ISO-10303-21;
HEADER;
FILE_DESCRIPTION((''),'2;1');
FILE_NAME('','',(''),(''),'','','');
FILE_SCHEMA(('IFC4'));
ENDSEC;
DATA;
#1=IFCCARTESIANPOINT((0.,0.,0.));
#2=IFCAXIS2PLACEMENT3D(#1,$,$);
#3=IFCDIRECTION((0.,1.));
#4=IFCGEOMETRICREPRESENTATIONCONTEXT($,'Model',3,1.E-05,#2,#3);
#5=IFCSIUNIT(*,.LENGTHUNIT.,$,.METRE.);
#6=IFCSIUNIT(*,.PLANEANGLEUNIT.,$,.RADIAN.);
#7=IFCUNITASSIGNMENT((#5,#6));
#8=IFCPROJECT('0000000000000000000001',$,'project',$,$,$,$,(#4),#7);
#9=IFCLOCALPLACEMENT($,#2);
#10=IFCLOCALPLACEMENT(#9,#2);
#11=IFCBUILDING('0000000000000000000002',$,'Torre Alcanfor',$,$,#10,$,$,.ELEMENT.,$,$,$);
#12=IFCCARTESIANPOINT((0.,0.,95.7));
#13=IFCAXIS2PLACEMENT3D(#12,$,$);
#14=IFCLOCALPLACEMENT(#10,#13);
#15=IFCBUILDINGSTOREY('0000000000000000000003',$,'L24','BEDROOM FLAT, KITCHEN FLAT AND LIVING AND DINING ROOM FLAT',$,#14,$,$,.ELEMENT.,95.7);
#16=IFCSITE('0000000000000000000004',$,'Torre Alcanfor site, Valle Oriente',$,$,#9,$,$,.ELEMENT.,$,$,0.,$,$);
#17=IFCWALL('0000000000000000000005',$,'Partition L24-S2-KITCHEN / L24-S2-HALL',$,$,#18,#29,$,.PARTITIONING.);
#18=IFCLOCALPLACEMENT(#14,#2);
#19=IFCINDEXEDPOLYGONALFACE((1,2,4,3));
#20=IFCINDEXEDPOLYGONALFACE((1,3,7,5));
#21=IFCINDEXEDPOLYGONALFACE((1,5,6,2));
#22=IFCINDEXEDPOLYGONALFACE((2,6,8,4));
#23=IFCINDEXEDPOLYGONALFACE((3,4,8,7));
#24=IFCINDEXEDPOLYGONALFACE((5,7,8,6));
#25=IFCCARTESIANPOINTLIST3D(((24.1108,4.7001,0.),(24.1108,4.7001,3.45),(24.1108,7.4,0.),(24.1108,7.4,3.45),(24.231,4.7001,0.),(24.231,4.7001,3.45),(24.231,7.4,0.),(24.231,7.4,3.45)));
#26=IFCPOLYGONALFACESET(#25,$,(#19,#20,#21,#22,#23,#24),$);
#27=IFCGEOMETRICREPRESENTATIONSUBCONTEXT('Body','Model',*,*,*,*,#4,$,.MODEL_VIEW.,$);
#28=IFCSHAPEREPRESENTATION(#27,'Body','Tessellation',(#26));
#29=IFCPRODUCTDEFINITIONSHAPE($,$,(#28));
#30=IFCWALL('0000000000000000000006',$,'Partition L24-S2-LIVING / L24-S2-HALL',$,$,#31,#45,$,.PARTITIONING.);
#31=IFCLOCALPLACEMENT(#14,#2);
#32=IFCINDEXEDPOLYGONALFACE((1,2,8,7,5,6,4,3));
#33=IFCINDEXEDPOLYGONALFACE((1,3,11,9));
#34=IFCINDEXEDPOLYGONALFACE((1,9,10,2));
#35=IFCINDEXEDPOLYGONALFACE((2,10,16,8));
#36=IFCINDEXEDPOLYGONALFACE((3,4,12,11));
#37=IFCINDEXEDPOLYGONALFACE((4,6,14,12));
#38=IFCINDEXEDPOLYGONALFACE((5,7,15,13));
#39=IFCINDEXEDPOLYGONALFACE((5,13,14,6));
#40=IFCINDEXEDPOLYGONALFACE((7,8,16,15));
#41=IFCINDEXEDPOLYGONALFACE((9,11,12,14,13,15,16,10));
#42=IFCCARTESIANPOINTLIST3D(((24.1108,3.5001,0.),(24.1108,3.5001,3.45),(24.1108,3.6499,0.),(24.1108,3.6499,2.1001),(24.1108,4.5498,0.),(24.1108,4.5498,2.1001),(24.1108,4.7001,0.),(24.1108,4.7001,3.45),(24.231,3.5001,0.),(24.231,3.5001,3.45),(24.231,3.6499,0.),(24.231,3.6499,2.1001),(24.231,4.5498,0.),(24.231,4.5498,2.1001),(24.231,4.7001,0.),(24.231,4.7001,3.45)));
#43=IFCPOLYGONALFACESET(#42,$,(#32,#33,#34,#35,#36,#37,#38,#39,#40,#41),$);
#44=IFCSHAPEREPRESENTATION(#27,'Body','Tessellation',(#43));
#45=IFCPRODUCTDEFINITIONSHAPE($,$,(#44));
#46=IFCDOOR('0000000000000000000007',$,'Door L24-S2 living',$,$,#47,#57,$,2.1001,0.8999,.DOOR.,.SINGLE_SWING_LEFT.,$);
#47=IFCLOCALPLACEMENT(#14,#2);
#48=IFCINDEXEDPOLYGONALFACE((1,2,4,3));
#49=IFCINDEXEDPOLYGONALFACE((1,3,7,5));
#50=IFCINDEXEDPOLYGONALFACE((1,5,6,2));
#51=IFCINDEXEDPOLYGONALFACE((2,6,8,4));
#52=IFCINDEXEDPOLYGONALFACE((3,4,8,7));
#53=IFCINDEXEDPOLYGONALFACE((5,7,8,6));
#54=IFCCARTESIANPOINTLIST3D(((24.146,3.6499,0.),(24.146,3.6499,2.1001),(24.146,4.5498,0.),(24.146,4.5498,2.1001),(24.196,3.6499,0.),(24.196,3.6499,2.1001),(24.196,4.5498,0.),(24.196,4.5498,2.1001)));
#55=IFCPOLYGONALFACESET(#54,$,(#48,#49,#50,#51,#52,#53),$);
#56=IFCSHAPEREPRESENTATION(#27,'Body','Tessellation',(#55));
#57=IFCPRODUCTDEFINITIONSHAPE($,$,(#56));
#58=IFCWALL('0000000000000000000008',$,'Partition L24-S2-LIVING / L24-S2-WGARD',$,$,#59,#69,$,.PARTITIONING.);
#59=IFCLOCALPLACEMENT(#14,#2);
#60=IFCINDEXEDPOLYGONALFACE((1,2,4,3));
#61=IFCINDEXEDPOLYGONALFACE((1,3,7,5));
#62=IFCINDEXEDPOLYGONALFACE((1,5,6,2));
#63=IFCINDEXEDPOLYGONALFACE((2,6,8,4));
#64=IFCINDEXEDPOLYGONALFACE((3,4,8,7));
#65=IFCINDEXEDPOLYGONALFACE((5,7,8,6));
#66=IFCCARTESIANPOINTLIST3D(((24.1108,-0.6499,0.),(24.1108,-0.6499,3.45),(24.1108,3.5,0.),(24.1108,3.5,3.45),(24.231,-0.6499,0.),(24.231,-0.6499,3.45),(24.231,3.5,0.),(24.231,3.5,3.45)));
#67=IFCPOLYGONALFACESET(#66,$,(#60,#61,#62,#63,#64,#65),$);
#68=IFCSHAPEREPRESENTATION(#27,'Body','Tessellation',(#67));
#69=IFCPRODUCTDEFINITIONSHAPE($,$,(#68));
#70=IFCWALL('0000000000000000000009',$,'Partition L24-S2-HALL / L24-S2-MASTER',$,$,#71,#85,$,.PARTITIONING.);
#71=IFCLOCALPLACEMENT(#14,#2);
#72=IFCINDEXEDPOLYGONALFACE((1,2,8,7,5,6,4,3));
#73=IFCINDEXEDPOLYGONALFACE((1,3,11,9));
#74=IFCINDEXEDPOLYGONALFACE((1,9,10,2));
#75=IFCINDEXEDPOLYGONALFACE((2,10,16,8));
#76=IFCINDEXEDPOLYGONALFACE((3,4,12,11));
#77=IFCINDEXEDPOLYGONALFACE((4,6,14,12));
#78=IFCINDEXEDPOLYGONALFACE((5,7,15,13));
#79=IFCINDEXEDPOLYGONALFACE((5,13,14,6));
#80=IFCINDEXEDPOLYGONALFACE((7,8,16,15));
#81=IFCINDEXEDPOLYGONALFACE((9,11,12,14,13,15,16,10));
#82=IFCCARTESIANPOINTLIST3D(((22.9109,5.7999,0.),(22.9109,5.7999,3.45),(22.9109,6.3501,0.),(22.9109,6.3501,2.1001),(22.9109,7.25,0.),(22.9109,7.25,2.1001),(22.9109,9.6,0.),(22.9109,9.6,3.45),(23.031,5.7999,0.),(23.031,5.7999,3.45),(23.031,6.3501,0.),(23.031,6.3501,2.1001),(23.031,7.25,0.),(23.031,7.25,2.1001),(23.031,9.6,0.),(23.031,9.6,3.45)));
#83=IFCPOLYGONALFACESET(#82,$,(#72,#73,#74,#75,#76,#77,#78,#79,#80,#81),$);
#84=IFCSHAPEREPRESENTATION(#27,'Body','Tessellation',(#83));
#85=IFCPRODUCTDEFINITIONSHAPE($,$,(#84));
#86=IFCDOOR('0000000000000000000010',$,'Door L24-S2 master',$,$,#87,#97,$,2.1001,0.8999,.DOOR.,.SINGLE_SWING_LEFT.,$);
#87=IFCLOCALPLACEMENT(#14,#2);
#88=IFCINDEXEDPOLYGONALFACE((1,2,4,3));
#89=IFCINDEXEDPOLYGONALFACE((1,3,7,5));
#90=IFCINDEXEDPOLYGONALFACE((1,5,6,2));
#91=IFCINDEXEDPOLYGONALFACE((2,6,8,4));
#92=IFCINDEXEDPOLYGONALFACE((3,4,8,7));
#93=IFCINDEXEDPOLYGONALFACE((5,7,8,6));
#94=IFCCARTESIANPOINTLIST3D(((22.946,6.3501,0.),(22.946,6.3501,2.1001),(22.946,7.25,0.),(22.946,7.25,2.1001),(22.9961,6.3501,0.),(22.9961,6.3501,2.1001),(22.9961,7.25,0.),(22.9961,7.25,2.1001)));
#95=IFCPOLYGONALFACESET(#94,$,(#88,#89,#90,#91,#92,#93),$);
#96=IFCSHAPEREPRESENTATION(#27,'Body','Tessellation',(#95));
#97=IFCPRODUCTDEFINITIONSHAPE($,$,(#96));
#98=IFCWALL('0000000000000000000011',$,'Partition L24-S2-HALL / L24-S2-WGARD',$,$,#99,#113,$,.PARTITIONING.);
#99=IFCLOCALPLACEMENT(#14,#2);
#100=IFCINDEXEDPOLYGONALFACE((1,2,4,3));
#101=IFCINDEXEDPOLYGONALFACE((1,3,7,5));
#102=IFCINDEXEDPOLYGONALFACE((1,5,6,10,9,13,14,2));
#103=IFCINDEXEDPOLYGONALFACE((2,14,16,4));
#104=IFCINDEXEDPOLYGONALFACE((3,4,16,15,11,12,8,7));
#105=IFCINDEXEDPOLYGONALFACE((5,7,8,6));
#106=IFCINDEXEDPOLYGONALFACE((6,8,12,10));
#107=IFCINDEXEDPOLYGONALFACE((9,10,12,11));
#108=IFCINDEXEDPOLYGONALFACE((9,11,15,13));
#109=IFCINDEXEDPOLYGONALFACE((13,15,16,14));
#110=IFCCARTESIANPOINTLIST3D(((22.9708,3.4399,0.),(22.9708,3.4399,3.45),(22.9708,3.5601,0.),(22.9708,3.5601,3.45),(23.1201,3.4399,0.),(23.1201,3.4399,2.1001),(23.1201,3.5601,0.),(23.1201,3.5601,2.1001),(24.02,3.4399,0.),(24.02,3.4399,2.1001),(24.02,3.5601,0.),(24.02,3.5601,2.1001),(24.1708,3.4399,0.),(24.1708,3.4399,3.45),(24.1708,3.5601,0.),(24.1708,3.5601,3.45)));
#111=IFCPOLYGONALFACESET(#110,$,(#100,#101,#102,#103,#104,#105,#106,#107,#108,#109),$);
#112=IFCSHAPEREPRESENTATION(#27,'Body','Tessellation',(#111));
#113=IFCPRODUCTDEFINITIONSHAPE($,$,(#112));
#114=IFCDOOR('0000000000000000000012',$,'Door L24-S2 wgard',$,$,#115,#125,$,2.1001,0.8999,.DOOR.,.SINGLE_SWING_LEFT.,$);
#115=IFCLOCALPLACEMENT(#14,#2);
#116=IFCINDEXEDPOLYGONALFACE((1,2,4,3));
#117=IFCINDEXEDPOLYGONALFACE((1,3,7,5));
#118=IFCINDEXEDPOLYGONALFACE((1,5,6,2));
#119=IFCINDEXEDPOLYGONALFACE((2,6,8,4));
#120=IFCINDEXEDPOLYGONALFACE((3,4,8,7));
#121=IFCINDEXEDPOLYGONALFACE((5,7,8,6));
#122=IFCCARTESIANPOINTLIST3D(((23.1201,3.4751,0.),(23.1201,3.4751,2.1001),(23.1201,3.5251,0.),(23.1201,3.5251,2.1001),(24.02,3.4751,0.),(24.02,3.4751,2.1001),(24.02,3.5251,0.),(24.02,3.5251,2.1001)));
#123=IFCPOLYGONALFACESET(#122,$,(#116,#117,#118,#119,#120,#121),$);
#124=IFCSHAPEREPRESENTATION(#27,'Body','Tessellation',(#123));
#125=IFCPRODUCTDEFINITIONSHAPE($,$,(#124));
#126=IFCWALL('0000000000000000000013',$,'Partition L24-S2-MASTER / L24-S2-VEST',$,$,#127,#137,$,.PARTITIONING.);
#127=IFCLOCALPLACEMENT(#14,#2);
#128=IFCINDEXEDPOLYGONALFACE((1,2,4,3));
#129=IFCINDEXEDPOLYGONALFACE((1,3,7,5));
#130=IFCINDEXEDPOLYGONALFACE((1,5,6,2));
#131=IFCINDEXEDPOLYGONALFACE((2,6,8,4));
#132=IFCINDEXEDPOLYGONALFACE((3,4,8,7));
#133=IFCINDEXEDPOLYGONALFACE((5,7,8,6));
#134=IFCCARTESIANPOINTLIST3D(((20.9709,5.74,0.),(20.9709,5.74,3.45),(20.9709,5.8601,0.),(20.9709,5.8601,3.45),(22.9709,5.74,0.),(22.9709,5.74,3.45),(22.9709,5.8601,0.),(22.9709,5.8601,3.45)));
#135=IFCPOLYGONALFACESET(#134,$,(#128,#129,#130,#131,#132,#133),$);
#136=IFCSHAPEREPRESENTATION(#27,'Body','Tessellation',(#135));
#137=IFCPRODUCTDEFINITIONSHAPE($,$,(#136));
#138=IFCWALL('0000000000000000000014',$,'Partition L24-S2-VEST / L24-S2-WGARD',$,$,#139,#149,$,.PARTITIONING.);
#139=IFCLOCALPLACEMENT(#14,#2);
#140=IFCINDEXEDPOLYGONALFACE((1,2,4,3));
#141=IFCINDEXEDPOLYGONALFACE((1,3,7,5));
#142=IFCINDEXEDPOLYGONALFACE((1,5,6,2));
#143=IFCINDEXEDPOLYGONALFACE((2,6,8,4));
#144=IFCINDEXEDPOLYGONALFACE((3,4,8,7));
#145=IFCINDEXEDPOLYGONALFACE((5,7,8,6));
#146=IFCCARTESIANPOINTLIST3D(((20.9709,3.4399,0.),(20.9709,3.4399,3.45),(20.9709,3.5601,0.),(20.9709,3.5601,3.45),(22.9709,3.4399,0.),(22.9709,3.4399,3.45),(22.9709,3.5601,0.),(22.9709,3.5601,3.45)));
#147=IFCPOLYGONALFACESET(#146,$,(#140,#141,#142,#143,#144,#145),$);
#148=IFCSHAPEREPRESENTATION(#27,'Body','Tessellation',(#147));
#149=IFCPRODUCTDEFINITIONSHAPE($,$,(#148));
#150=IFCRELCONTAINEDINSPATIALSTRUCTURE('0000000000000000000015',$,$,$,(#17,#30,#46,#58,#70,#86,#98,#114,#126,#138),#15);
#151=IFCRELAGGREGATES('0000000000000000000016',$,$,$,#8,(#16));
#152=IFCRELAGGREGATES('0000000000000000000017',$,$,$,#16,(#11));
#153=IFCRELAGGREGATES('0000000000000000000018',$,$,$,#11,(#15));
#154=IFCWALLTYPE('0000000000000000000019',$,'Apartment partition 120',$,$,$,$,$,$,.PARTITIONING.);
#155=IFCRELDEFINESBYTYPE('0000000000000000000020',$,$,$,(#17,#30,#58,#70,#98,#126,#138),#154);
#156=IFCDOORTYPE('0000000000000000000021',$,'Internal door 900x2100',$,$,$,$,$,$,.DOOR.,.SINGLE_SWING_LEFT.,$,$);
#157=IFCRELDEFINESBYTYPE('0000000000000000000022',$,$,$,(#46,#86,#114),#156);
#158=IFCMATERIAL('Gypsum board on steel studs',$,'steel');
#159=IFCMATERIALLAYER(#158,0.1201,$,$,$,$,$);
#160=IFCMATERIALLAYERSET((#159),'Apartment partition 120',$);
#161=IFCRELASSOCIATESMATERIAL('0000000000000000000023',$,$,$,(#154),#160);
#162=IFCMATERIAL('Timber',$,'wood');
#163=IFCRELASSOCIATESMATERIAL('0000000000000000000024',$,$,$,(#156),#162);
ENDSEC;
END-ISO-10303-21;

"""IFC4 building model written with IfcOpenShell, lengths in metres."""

from ifc_helpers import new_model, si_unit, direction, frame, frame_2d, origin, place, context, subcontext, project, spatial, rectangle, extrude, material, layer, layer_set, type_object, element, fill, save


model = new_model("IFC4")

# Units and contexts
model_context = context("Model", 3, precision=1e-05, world=origin(), true_north=direction((0.0, 1.0)))
body_context = subcontext(model_context, "Body", "Model", "MODEL_VIEW")
ifc_project = project(units=[si_unit("LENGTHUNIT", "METRE"), si_unit("PLANEANGLEUNIT", "RADIAN")], contexts=[model_context])

# Site, building, storey
site_placement = place(None, origin())
site = spatial("IfcSite", under=ifc_project, at=site_placement, Name="Torre Alcanfor site, Valle Oriente", CompositionType="ELEMENT", RefElevation=0.0)
building_placement = place(site_placement, origin())
building = spatial("IfcBuilding", under=site, at=building_placement, Name="Torre Alcanfor", CompositionType="ELEMENT")
storey_placement = place(building_placement, frame((0.0, 0.0, 95.7)))
storey = spatial("IfcBuildingStorey", under=building, at=storey_placement, Name="L24", Description="BEDROOM FLAT, KITCHEN FLAT AND LIVING AND DINING ROOM FLAT", CompositionType="ELEMENT", Elevation=95.7)

# Shared definitions
ifc_material_1 = material(Name="Gypsum board on steel studs", Category="steel")
ifc_layer_1 = layer(ifc_material_1, 0.1201)
ifc_layer_set_1 = layer_set([ifc_layer_1], Name="Apartment partition 120")
wall_type = type_object("IfcWallType", Name="Apartment partition 120", PredefinedType="PARTITIONING", material=ifc_layer_set_1)
ifc_material_2 = material(Name="Timber", Category="wood")
door_type = type_object("IfcDoorType", Name="Internal door 900x2100", OperationType="SINGLE_SWING_LEFT", PredefinedType="DOOR", material=ifc_material_2)

# Wall
wall_1_placement = place(storey_placement, frame((24.1709, 4.7, 0.0), z_axis=(0.0, 0.0, 1.0), x_axis=(0.0, 1.0, 0.0)))
element("IfcWall", 1, at=wall_1_placement, inside=storey, type_object=wall_type, Name="Partition L24-S2-KITCHEN / L24-S2-HALL", PredefinedType="PARTITIONING", context=body_context, shape_type="SweptSolid", body=[
    extrude(rectangle(XDim=2.7, YDim=0.1201, at=frame_2d((1.3501, 0.0))), origin(), (0.0, 0.0, 1.0), 3.45),
])

# Wall, opening, door
wall_2_placement = place(storey_placement, frame((24.1709, 3.5, 0.0), z_axis=(0.0, 0.0, 1.0), x_axis=(0.0, 1.0, 0.0)))
wall_2 = element("IfcWall", 2, at=wall_2_placement, inside=storey, type_object=wall_type, Name="Partition L24-S2-LIVING / L24-S2-HALL", PredefinedType="PARTITIONING", context=body_context, shape_type="SweptSolid", body=[
    extrude(rectangle(XDim=1.2, YDim=0.1201, at=frame_2d((0.6001, 0.0))), origin(), (0.0, 0.0, 1.0), 3.45),
])
opening_1_placement = place(wall_2_placement, frame((0.1499, 0.0, 0.0)))
opening_1 = element("IfcOpeningElement", 3, at=opening_1_placement, cuts=wall_2, PredefinedType="OPENING", context=body_context, shape_type="SweptSolid", body=[
    extrude(rectangle(XDim=0.8999, YDim=2.1001, at=frame_2d((0.45, 1.05))), frame((0.0, 0.0701, 0.0), z_axis=(0.0, -1.0, 0.0), x_axis=(1.0, 0.0, 0.0)), (0.0, 0.0, 1.0), 0.1401),
])
door_1_placement = place(opening_1_placement, frame((0.8999, 0.0, 0.0), z_axis=(0.0, 0.0, 1.0), x_axis=(-1.0, 0.0, 0.0)))
door_1 = element("IfcDoor", 4, at=door_1_placement, inside=storey, type_object=door_type, Name="Door L24-S2 living", OperationType="SINGLE_SWING_LEFT", OverallHeight=2.1001, OverallWidth=0.8999, PredefinedType="DOOR", context=body_context, shape_type="SweptSolid", body=[
    extrude(rectangle(XDim=0.8999, YDim=2.1001, at=frame_2d((0.45, 1.05))), frame((0.0, 0.0251, 0.0), z_axis=(0.0, -1.0, 0.0), x_axis=(1.0, 0.0, 0.0)), (0.0, 0.0, 1.0), 0.05),
])
fill(opening_1, door_1)

# Wall
wall_3_placement = place(storey_placement, frame((24.1709, -0.6499, 0.0), z_axis=(0.0, 0.0, 1.0), x_axis=(0.0, 1.0, 0.0)))
element("IfcWall", 5, at=wall_3_placement, inside=storey, type_object=wall_type, Name="Partition L24-S2-LIVING / L24-S2-WGARD", PredefinedType="PARTITIONING", context=body_context, shape_type="SweptSolid", body=[
    extrude(rectangle(XDim=4.1499, YDim=0.1201, at=frame_2d((2.075, 0.0))), origin(), (0.0, 0.0, 1.0), 3.45),
])

# Walls, openings, doors
wall_4_placement = place(storey_placement, frame((22.9709, 5.8, 0.0), z_axis=(0.0, 0.0, 1.0), x_axis=(0.0, 1.0, 0.0)))
wall_4 = element("IfcWall", 6, at=wall_4_placement, inside=storey, type_object=wall_type, Name="Partition L24-S2-HALL / L24-S2-MASTER", PredefinedType="PARTITIONING", context=body_context, shape_type="SweptSolid", body=[
    extrude(rectangle(XDim=3.8, YDim=0.1201, at=frame_2d((1.8999, 0.0))), origin(), (0.0, 0.0, 1.0), 3.45),
])
opening_2_placement = place(wall_4_placement, frame((0.55, 0.0, 0.0)))
opening_2 = element("IfcOpeningElement", 7, at=opening_2_placement, cuts=wall_4, PredefinedType="OPENING", context=body_context, shape_type="SweptSolid", body=[
    extrude(rectangle(XDim=0.8999, YDim=2.1001, at=frame_2d((0.45, 1.05))), frame((0.0, 0.0701, 0.0), z_axis=(0.0, -1.0, 0.0), x_axis=(1.0, 0.0, 0.0)), (0.0, 0.0, 1.0), 0.1401),
])
door_2_placement = place(opening_2_placement, origin())
door_2 = element("IfcDoor", 8, at=door_2_placement, inside=storey, type_object=door_type, Name="Door L24-S2 master", OperationType="SINGLE_SWING_LEFT", OverallHeight=2.1001, OverallWidth=0.8999, PredefinedType="DOOR", context=body_context, shape_type="SweptSolid", body=[
    extrude(rectangle(XDim=0.8999, YDim=2.1001, at=frame_2d((0.45, 1.05))), frame((0.0, 0.0249, 0.0), z_axis=(0.0, -1.0, 0.0), x_axis=(1.0, 0.0, 0.0)), (0.0, 0.0, 1.0), 0.05),
])
fill(opening_2, door_2)
wall_5_placement = place(storey_placement, frame((24.1709, 3.5, 0.0), z_axis=(0.0, 0.0, 1.0), x_axis=(-1.0, 0.0, 0.0)))
wall_5 = element("IfcWall", 9, at=wall_5_placement, inside=storey, type_object=wall_type, Name="Partition L24-S2-HALL / L24-S2-WGARD", PredefinedType="PARTITIONING", context=body_context, shape_type="SweptSolid", body=[
    extrude(rectangle(XDim=1.2, YDim=0.1201, at=frame_2d((0.6001, 0.0))), origin(), (0.0, 0.0, 1.0), 3.45),
])
opening_3_placement = place(wall_5_placement, frame((0.1509, 0.0, 0.0)))
opening_3 = element("IfcOpeningElement", 10, at=opening_3_placement, cuts=wall_5, PredefinedType="OPENING", context=body_context, shape_type="SweptSolid", body=[
    extrude(rectangle(XDim=0.8999, YDim=2.1001, at=frame_2d((0.45, 1.05))), frame((0.0, 0.0701, 0.0), z_axis=(0.0, -1.0, 0.0), x_axis=(1.0, 0.0, 0.0)), (0.0, 0.0, 1.0), 0.1401),
])
door_3_placement = place(opening_3_placement, origin())
door_3 = element("IfcDoor", 11, at=door_3_placement, inside=storey, type_object=door_type, Name="Door L24-S2 wgard", OperationType="SINGLE_SWING_LEFT", OverallHeight=2.1001, OverallWidth=0.8999, PredefinedType="DOOR", context=body_context, shape_type="SweptSolid", body=[
    extrude(rectangle(XDim=0.8999, YDim=2.1001, at=frame_2d((0.45, 1.05))), frame((0.0, 0.0249, 0.0), z_axis=(0.0, -1.0, 0.0), x_axis=(1.0, 0.0, 0.0)), (0.0, 0.0, 1.0), 0.05),
])
fill(opening_3, door_3)

# Walls
for number, where, z_axis, x_axis, name in (
    (12, (22.9709, 5.8, 0.0), (0.0, 0.0, 1.0), (-1.0, 0.0, 0.0), "Partition L24-S2-MASTER / L24-S2-VEST"),
    (13, (22.9709, 3.5, 0.0), (0.0, 0.0, 1.0), (-1.0, 0.0, 0.0), "Partition L24-S2-VEST / L24-S2-WGARD"),
):
    element("IfcWall", number, at=place(storey_placement, frame(where, z_axis=z_axis, x_axis=x_axis)), inside=storey, type_object=wall_type, Name=name, PredefinedType="PARTITIONING", context=body_context, shape_type="SweptSolid", body=[
        extrude(rectangle(XDim=2.0, YDim=0.1201, at=frame_2d((1.0, 0.0))), origin(), (0.0, 0.0, 1.0), 3.45),
    ])

save(model, "model.ifc")
